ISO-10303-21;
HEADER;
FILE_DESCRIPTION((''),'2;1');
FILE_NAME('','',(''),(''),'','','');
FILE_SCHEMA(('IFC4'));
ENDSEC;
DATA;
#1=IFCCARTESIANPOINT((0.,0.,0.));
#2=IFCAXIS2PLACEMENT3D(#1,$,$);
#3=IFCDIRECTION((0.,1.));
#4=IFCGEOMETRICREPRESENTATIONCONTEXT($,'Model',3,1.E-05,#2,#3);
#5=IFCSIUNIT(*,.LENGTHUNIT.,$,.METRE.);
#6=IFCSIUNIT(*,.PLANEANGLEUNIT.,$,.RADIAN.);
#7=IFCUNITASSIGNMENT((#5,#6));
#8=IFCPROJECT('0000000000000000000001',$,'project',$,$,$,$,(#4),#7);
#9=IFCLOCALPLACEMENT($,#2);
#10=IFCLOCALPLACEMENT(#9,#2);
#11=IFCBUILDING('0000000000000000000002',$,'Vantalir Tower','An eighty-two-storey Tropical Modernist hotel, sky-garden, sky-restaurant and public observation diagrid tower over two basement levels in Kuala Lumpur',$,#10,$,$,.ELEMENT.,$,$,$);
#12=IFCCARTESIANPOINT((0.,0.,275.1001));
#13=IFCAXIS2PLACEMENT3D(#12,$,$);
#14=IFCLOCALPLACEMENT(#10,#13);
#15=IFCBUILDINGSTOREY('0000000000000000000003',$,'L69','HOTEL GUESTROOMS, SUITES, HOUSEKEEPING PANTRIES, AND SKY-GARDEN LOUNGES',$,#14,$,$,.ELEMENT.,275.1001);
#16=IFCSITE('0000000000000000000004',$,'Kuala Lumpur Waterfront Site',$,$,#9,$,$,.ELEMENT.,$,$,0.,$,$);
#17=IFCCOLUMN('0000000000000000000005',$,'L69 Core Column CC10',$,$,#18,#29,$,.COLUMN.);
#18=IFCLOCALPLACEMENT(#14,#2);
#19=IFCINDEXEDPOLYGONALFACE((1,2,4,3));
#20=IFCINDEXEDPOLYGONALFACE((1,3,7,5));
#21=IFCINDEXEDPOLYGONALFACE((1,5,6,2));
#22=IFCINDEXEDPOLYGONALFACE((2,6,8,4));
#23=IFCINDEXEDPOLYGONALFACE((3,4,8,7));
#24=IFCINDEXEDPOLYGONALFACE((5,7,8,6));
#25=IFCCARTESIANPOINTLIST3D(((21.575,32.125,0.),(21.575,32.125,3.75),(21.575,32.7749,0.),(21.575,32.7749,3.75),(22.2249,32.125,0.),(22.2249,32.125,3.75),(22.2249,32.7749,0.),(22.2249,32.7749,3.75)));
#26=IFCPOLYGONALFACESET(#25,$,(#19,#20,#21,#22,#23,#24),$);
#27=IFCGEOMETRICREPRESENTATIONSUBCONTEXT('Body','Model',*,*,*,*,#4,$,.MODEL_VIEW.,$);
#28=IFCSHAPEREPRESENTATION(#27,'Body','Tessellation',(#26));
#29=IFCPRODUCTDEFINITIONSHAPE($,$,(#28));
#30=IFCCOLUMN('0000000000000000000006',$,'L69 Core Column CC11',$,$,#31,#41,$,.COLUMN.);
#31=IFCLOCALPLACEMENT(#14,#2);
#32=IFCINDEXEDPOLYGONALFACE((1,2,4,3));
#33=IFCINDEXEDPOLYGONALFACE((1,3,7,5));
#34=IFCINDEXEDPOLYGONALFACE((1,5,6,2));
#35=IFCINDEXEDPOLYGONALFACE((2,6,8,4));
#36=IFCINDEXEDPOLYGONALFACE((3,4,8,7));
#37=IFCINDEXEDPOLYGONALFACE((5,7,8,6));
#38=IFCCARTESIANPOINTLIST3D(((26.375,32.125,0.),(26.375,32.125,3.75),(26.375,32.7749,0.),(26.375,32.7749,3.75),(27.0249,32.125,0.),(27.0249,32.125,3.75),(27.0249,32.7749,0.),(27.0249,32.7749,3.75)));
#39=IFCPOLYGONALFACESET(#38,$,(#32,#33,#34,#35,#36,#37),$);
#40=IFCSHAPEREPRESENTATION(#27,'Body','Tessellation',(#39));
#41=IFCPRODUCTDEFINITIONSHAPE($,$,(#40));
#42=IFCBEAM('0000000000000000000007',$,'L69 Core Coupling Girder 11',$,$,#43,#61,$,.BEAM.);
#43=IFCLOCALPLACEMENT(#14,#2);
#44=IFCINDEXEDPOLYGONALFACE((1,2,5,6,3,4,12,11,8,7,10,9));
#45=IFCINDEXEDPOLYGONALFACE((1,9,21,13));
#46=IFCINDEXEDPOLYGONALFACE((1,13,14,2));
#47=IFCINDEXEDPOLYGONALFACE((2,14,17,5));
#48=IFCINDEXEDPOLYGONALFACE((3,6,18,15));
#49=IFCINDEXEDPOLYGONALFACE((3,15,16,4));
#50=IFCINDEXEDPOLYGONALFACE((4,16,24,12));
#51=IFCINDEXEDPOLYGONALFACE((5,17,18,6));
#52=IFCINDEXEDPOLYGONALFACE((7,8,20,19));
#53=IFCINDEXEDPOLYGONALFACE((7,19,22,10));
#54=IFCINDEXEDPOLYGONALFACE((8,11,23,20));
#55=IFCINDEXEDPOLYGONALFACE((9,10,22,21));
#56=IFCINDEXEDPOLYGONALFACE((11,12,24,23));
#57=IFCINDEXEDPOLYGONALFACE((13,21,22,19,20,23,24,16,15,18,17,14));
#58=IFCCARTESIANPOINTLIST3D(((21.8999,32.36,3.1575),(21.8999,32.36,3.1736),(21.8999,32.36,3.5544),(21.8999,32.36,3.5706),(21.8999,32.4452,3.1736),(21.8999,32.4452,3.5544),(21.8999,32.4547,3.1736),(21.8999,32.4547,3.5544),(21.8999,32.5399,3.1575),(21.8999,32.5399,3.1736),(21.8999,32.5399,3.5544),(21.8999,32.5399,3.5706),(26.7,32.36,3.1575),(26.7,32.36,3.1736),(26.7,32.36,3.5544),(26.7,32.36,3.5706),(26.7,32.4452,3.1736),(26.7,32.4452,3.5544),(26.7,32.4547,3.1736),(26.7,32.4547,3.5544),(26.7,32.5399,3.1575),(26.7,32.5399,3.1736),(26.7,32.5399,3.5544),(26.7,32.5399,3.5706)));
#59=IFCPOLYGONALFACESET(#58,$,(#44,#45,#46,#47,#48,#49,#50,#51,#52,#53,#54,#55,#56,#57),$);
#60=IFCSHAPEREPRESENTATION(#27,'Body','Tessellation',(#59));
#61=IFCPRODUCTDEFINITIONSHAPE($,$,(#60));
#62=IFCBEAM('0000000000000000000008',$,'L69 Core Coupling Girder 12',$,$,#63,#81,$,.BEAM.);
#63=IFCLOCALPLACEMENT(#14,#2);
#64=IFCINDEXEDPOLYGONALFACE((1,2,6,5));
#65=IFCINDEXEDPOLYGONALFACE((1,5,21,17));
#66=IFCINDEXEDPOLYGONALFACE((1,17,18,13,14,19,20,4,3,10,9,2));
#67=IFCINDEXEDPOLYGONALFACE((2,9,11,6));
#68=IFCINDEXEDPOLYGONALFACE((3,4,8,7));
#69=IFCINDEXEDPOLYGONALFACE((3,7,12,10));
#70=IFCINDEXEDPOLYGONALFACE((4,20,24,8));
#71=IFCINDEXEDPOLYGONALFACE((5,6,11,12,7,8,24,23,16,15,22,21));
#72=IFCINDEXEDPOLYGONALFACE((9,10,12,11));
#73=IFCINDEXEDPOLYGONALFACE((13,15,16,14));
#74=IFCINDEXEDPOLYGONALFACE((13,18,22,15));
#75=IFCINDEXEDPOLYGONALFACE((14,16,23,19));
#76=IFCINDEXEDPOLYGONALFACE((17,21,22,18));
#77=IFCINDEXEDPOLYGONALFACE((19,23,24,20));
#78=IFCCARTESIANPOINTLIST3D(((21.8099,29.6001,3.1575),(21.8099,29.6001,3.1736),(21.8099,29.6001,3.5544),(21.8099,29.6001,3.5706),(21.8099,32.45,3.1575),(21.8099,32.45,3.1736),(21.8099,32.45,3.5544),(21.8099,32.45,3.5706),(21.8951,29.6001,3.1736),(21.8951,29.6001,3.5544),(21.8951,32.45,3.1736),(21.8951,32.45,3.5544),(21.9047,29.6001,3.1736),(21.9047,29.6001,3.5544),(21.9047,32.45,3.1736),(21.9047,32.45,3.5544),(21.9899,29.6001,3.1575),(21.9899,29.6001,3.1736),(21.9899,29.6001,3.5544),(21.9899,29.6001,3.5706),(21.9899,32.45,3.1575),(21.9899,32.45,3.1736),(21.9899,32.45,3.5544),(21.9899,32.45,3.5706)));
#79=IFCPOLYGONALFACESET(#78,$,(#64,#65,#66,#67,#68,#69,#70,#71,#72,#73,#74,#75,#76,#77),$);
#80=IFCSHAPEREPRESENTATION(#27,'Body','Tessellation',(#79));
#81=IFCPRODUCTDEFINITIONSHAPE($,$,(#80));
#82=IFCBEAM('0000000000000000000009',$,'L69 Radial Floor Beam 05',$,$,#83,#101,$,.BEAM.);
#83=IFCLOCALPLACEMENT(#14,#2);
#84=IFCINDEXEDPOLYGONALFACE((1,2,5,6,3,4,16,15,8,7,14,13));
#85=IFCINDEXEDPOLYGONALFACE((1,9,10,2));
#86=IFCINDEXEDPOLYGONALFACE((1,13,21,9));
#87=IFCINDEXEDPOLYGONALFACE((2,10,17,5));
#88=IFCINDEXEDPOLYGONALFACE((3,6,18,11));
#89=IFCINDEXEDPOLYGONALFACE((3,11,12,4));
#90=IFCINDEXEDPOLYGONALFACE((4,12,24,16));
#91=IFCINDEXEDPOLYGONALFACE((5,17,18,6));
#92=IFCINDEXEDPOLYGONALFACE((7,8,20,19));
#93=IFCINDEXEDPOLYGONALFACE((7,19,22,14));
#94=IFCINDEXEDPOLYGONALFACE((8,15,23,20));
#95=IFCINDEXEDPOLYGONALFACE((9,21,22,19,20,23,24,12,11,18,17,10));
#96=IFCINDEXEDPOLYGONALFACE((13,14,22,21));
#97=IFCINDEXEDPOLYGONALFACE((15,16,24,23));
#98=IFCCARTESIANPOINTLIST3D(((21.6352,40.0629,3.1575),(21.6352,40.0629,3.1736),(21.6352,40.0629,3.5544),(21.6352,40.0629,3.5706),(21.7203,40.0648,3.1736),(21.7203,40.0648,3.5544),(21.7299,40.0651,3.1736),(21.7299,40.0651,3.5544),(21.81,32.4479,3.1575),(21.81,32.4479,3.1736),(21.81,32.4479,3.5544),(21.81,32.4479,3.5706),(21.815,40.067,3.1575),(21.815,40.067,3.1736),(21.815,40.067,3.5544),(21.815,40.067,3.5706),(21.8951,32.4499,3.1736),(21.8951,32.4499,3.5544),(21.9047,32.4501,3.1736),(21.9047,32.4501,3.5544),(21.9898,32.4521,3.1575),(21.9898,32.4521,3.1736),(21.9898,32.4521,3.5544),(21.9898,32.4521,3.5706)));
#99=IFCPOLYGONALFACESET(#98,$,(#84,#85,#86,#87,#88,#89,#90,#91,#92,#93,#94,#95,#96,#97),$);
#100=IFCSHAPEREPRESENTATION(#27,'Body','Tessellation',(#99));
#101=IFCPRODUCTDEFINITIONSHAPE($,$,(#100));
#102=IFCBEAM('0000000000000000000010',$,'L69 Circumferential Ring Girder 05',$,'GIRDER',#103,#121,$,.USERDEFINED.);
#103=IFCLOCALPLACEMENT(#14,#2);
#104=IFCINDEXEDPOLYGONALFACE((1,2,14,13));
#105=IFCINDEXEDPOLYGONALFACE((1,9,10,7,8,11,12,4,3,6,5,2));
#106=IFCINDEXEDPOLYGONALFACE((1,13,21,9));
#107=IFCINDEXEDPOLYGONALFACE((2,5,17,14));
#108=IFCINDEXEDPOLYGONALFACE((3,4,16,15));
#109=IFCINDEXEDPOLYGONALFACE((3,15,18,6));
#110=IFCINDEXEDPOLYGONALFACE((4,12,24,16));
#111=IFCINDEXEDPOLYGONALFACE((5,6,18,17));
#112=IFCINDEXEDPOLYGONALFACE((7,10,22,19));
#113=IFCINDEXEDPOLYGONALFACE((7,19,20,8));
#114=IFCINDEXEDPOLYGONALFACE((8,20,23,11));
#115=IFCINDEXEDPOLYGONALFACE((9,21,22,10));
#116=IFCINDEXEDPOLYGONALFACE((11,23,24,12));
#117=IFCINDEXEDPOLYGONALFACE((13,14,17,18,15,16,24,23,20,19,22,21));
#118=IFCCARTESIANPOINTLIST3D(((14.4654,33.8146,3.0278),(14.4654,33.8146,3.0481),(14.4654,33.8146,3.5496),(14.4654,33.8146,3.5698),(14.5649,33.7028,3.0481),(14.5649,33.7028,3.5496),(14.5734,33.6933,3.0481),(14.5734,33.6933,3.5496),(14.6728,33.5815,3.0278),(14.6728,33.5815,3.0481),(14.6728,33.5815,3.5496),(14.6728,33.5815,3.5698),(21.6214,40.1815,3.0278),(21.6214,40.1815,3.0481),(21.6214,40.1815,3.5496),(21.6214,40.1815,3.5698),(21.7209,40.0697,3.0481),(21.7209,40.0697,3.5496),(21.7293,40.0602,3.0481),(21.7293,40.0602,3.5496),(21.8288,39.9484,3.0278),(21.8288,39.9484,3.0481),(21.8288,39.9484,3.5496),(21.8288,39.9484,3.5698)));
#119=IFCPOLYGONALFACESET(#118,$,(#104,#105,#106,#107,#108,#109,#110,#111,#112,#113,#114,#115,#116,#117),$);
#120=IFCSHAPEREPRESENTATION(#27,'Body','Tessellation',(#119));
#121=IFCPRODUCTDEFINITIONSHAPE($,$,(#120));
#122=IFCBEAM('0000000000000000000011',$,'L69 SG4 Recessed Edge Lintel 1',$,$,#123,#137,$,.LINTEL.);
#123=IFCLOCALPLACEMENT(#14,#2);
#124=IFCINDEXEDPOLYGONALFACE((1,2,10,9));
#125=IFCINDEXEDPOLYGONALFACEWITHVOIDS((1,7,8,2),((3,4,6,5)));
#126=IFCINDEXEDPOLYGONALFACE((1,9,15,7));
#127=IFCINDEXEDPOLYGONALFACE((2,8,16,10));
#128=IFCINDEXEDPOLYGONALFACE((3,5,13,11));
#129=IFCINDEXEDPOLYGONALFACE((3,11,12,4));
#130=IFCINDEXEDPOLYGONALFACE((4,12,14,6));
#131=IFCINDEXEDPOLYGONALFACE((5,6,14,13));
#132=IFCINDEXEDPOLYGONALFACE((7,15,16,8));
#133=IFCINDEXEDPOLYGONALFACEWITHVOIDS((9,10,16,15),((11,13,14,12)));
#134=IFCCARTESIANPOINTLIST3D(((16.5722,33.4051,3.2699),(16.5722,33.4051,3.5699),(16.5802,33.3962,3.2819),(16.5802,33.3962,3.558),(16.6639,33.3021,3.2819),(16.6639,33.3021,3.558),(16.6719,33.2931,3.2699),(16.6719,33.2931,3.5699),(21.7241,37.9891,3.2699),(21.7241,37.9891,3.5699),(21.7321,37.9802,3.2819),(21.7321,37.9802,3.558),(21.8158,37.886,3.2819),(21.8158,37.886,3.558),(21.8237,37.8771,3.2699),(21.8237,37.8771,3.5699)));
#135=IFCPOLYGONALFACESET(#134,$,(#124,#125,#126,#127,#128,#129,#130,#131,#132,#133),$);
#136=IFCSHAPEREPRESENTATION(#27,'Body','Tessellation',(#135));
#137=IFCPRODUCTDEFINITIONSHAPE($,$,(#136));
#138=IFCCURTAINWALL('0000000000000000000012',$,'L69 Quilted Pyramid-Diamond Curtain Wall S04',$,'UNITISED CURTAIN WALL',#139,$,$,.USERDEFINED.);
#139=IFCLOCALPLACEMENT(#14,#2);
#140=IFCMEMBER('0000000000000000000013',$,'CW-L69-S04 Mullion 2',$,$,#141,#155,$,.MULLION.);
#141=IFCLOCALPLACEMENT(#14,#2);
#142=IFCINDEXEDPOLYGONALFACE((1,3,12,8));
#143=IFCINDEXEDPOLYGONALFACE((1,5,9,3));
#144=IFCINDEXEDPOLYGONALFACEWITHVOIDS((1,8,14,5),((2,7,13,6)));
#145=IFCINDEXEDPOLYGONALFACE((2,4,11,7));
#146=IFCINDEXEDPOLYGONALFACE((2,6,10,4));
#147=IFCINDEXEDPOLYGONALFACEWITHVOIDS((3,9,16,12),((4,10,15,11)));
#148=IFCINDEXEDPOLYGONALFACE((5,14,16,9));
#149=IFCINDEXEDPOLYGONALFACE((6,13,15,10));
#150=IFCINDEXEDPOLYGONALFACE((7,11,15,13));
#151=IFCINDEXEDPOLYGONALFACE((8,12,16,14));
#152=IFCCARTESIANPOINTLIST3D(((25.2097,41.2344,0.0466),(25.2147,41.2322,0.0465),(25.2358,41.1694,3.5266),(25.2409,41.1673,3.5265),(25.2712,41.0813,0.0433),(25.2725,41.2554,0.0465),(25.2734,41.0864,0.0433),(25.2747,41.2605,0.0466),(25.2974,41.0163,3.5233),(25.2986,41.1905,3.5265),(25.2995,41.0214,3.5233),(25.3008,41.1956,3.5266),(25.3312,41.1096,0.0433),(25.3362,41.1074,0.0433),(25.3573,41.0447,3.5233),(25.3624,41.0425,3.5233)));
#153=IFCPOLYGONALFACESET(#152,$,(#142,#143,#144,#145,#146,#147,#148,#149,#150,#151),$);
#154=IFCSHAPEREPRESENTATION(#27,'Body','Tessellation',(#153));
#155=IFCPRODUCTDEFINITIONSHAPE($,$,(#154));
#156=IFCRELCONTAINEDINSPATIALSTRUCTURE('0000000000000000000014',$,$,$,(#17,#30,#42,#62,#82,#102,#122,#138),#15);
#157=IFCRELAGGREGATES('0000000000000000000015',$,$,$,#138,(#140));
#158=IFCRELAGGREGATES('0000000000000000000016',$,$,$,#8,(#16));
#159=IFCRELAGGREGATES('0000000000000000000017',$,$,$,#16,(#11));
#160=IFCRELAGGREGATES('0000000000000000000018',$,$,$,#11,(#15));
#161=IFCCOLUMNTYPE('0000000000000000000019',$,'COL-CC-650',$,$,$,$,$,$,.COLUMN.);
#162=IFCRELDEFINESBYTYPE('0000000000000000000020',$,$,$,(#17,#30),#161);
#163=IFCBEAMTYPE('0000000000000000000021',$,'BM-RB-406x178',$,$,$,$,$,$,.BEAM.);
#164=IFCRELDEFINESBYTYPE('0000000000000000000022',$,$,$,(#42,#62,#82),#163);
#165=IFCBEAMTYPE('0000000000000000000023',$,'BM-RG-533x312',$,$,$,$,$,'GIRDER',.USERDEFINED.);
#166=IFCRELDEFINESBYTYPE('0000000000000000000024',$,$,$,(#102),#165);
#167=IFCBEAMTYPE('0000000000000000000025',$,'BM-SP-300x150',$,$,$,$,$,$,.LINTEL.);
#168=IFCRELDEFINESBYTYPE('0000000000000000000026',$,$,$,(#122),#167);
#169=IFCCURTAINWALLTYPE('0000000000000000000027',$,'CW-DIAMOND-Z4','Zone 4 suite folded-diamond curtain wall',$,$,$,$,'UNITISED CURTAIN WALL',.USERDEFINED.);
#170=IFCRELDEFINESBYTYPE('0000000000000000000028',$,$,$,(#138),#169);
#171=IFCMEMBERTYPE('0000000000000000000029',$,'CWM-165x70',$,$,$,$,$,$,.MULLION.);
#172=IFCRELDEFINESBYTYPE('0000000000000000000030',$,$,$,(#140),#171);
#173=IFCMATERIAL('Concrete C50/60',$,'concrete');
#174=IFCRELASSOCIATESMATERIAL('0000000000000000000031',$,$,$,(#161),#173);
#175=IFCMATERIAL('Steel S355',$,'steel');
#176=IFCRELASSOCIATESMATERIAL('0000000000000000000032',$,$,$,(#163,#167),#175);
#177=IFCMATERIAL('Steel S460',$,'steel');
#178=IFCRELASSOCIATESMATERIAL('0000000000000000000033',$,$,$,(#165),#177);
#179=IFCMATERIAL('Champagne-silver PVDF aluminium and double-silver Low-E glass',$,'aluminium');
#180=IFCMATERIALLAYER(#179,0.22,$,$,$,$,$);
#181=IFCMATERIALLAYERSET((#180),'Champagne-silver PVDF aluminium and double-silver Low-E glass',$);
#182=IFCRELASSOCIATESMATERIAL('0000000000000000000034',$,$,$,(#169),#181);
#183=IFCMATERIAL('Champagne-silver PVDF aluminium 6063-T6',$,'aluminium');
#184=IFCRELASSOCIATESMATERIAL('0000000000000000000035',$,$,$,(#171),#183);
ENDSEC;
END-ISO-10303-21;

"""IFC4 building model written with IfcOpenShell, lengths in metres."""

from ifc_helpers import new_model, si_unit, direction, frame, origin, origin_2d, place, context, subcontext, project, spatial, rectangle, hollow_rectangle, i_section, extrude, material, layer, layer_set, material_profile, profile_set, type_object, element, aggregate, save


model = new_model("IFC4")

# Units and contexts
model_context = context("Model", 3, precision=1e-05, world=origin(), true_north=direction((0.0, 1.0)))
body_context = subcontext(model_context, "Body", "Model", "MODEL_VIEW")
ifc_project = project(units=[si_unit("LENGTHUNIT", "METRE"), si_unit("PLANEANGLEUNIT", "RADIAN")], contexts=[model_context])

# Site, building, storey
site_placement = place(None, origin())
site = spatial("IfcSite", under=ifc_project, at=site_placement, Name="Kuala Lumpur Waterfront Site", CompositionType="ELEMENT", RefElevation=0.0)
building_placement = place(site_placement, origin())
building = spatial("IfcBuilding", under=site, at=building_placement, Name="Vantalir Tower", Description="An eighty-two-storey Tropical Modernist hotel, sky-garden, sky-restaurant and public observation diagrid tower over two basement levels in Kuala Lumpur", CompositionType="ELEMENT")
storey_placement = place(building_placement, frame((0.0, 0.0, 275.1001)))
storey = spatial("IfcBuildingStorey", under=building, at=storey_placement, Name="L69", Description="HOTEL GUESTROOMS, SUITES, HOUSEKEEPING PANTRIES, AND SKY-GARDEN LOUNGES", CompositionType="ELEMENT", Elevation=275.1001)

# Columns
ifc_material_1 = material(Name="Concrete C50/60", Category="concrete")
ifc_material_profile_1 = material_profile(ifc_material_1, rectangle(XDim=0.6499, YDim=0.6499, at=origin_2d()), Name="Concrete C50/60")
ifc_profile_set_1 = profile_set([ifc_material_profile_1], Name="Concrete C50/60")
column_type = type_object("IfcColumnType", Name="COL-CC-650", PredefinedType="COLUMN", material=ifc_profile_set_1)
for number, where, z_axis, x_axis, name in (
    (1, (21.8999, 32.45, 0.0), (0.0, 0.0, 1.0), (1.0, 0.0, 0.0), "L69 Core Column CC10"),
    (2, (26.7, 32.45, 0.0), (0.0, 0.0, 1.0), (1.0, 0.0, 0.0), "L69 Core Column CC11"),
):
    element("IfcColumn", number, at=place(storey_placement, frame(where, z_axis=z_axis, x_axis=x_axis)), inside=storey, type_object=column_type, Name=name, PredefinedType="COLUMN", context=body_context, shape_type="SweptSolid", body=[
        extrude(rectangle(XDim=0.6499, YDim=0.6499, at=origin_2d()), origin(), (0.0, 0.0, 1.0), 3.75),
    ])

# Beams
ifc_material_2 = material(Name="Steel S355", Category="steel")
ifc_material_profile_2 = material_profile(ifc_material_2, i_section(OverallWidth=0.1799, OverallDepth=0.4131, WebThickness=0.0095, FlangeThickness=0.0161, at=origin_2d()), Name="Steel S355")
ifc_profile_set_2 = profile_set([ifc_material_profile_2], Name="Steel S355")
beam_type_1 = type_object("IfcBeamType", Name="BM-RB-406x178", PredefinedType="BEAM", material=ifc_profile_set_2)
beam_1_placement = place(storey_placement, frame((26.7, 32.45, 3.364), z_axis=(-1.0, 0.0, 0.0), x_axis=(0.0, -1.0, 0.0)))
element("IfcBeam", 3, at=beam_1_placement, inside=storey, type_object=beam_type_1, Name="L69 Core Coupling Girder 11", PredefinedType="BEAM", context=body_context, shape_type="SweptSolid", body=[
    extrude(i_section(OverallWidth=0.1799, OverallDepth=0.4131, WebThickness=0.0095, FlangeThickness=0.0161, at=origin_2d()), origin(), (0.0, 0.0, 1.0), 4.8),
])
beam_2_placement = place(storey_placement, frame((21.8999, 32.45, 3.364), z_axis=(0.0, -1.0, 0.0), x_axis=(1.0, 0.0, 0.0)))
element("IfcBeam", 4, at=beam_2_placement, inside=storey, type_object=beam_type_1, Name="L69 Core Coupling Girder 12", PredefinedType="BEAM", context=body_context, shape_type="SweptSolid", body=[
    extrude(i_section(OverallWidth=0.1799, OverallDepth=0.4131, WebThickness=0.0095, FlangeThickness=0.0161, at=origin_2d()), origin(), (0.0, 0.0, 1.0), 2.8499),
])
beam_3_placement = place(storey_placement, frame((21.7251, 40.0649, 3.364), z_axis=(0.022949, -0.999737, 0.0), x_axis=(0.999737, 0.022949, 0.0)))
element("IfcBeam", 5, at=beam_3_placement, inside=storey, type_object=beam_type_1, Name="L69 Radial Floor Beam 05", PredefinedType="BEAM", context=body_context, shape_type="SweptSolid", body=[
    extrude(i_section(OverallWidth=0.1799, OverallDepth=0.4131, WebThickness=0.0095, FlangeThickness=0.0161, at=origin_2d()), origin(), (0.0, 0.0, 1.0), 7.6169),
])
ifc_material_3 = material(Name="Steel S460", Category="steel")
ifc_material_profile_3 = material_profile(ifc_material_3, i_section(OverallWidth=0.312, OverallDepth=0.542, WebThickness=0.0127, FlangeThickness=0.0203, at=origin_2d()), Name="Steel S460")
ifc_profile_set_3 = profile_set([ifc_material_profile_3], Name="Steel S460")
beam_type_2 = type_object("IfcBeamType", Name="BM-RG-533x312", ElementType="GIRDER", PredefinedType="USERDEFINED", material=ifc_profile_set_3)
beam_4_placement = place(storey_placement, frame((21.7251, 40.0649, 3.2988), z_axis=(-0.747096, -0.664717, 0.0), x_axis=(0.664717, -0.747096, 0.0)))
element("IfcBeam", 6, at=beam_4_placement, inside=storey, type_object=beam_type_2, Name="L69 Circumferential Ring Girder 05", ObjectType="GIRDER", PredefinedType="USERDEFINED", context=body_context, shape_type="SweptSolid", body=[
    extrude(i_section(OverallWidth=0.312, OverallDepth=0.542, WebThickness=0.0127, FlangeThickness=0.0203, at=origin_2d()), origin(), (0.0, 0.0, 1.0), 9.5784),
])
ifc_material_profile_4 = material_profile(ifc_material_2, hollow_rectangle(XDim=0.1499, YDim=0.3, WallThickness=0.012, at=origin_2d()), Name="Steel S355")
ifc_profile_set_4 = profile_set([ifc_material_profile_4], Name="Steel S355")
beam_type_3 = type_object("IfcBeamType", Name="BM-SP-300x150", PredefinedType="LINTEL", material=ifc_profile_set_4)
beam_5_placement = place(storey_placement, frame((21.7739, 37.9331, 3.4199), z_axis=(-0.747081, -0.664733, 0.0), x_axis=(0.664733, -0.747081, 0.0)))
element("IfcBeam", 7, at=beam_5_placement, inside=storey, type_object=beam_type_3, Name="L69 SG4 Recessed Edge Lintel 1", PredefinedType="LINTEL", context=body_context, shape_type="SweptSolid", body=[
    extrude(hollow_rectangle(XDim=0.1499, YDim=0.3, WallThickness=0.012, at=origin_2d()), origin(), (0.0, 0.0, 1.0), 6.896),
])

# Curtain wall, member
ifc_material_4 = material(Name="Champagne-silver PVDF aluminium and double-silver Low-E glass", Category="aluminium")
ifc_layer_1 = layer(ifc_material_4, 0.22)
ifc_layer_set_1 = layer_set([ifc_layer_1], Name="Champagne-silver PVDF aluminium and double-silver Low-E glass")
curtain_wall_type = type_object("IfcCurtainWallType", Name="CW-DIAMOND-Z4", Description="Zone 4 suite folded-diamond curtain wall", ElementType="UNITISED CURTAIN WALL", PredefinedType="USERDEFINED", material=ifc_layer_set_1)
curtain_wall_placement = place(storey_placement, origin())
curtain_wall = element("IfcCurtainWall", 8, at=curtain_wall_placement, inside=storey, type_object=curtain_wall_type, Name="L69 Quilted Pyramid-Diamond Curtain Wall S04", ObjectType="UNITISED CURTAIN WALL", PredefinedType="USERDEFINED")
ifc_material_5 = material(Name="Champagne-silver PVDF aluminium 6063-T6", Category="aluminium")
ifc_material_profile_5 = material_profile(ifc_material_5, hollow_rectangle(XDim=0.0701, YDim=0.165, WallThickness=0.0039, at=origin_2d()), Name="Champagne-silver PVDF aluminium 6063-T6")
ifc_profile_set_5 = profile_set([ifc_material_profile_5], Name="Champagne-silver PVDF aluminium 6063-T6")
member_type_1 = type_object("IfcMemberType", Name="CWM-165x70", PredefinedType="MULLION", material=ifc_profile_set_5)
member_1_placement = place(storey_placement, frame((25.2729, 41.1709, 0.0449), z_axis=(0.007505, -0.018658, 0.999798), x_axis=(0.927753, 0.373194, 0.0)))
member_1 = element("IfcMember", 9, at=member_1_placement, type_object=member_type_1, Name="CW-L69-S04 Mullion 2", PredefinedType="MULLION", context=body_context, shape_type="SweptSolid", body=[
    extrude(hollow_rectangle(XDim=0.0701, YDim=0.165, WallThickness=0.0039, at=origin_2d()), origin(), (0.0, 0.0, 1.0), 3.4807),
])
aggregate(curtain_wall, [member_1])

save(model, "model.ifc")
